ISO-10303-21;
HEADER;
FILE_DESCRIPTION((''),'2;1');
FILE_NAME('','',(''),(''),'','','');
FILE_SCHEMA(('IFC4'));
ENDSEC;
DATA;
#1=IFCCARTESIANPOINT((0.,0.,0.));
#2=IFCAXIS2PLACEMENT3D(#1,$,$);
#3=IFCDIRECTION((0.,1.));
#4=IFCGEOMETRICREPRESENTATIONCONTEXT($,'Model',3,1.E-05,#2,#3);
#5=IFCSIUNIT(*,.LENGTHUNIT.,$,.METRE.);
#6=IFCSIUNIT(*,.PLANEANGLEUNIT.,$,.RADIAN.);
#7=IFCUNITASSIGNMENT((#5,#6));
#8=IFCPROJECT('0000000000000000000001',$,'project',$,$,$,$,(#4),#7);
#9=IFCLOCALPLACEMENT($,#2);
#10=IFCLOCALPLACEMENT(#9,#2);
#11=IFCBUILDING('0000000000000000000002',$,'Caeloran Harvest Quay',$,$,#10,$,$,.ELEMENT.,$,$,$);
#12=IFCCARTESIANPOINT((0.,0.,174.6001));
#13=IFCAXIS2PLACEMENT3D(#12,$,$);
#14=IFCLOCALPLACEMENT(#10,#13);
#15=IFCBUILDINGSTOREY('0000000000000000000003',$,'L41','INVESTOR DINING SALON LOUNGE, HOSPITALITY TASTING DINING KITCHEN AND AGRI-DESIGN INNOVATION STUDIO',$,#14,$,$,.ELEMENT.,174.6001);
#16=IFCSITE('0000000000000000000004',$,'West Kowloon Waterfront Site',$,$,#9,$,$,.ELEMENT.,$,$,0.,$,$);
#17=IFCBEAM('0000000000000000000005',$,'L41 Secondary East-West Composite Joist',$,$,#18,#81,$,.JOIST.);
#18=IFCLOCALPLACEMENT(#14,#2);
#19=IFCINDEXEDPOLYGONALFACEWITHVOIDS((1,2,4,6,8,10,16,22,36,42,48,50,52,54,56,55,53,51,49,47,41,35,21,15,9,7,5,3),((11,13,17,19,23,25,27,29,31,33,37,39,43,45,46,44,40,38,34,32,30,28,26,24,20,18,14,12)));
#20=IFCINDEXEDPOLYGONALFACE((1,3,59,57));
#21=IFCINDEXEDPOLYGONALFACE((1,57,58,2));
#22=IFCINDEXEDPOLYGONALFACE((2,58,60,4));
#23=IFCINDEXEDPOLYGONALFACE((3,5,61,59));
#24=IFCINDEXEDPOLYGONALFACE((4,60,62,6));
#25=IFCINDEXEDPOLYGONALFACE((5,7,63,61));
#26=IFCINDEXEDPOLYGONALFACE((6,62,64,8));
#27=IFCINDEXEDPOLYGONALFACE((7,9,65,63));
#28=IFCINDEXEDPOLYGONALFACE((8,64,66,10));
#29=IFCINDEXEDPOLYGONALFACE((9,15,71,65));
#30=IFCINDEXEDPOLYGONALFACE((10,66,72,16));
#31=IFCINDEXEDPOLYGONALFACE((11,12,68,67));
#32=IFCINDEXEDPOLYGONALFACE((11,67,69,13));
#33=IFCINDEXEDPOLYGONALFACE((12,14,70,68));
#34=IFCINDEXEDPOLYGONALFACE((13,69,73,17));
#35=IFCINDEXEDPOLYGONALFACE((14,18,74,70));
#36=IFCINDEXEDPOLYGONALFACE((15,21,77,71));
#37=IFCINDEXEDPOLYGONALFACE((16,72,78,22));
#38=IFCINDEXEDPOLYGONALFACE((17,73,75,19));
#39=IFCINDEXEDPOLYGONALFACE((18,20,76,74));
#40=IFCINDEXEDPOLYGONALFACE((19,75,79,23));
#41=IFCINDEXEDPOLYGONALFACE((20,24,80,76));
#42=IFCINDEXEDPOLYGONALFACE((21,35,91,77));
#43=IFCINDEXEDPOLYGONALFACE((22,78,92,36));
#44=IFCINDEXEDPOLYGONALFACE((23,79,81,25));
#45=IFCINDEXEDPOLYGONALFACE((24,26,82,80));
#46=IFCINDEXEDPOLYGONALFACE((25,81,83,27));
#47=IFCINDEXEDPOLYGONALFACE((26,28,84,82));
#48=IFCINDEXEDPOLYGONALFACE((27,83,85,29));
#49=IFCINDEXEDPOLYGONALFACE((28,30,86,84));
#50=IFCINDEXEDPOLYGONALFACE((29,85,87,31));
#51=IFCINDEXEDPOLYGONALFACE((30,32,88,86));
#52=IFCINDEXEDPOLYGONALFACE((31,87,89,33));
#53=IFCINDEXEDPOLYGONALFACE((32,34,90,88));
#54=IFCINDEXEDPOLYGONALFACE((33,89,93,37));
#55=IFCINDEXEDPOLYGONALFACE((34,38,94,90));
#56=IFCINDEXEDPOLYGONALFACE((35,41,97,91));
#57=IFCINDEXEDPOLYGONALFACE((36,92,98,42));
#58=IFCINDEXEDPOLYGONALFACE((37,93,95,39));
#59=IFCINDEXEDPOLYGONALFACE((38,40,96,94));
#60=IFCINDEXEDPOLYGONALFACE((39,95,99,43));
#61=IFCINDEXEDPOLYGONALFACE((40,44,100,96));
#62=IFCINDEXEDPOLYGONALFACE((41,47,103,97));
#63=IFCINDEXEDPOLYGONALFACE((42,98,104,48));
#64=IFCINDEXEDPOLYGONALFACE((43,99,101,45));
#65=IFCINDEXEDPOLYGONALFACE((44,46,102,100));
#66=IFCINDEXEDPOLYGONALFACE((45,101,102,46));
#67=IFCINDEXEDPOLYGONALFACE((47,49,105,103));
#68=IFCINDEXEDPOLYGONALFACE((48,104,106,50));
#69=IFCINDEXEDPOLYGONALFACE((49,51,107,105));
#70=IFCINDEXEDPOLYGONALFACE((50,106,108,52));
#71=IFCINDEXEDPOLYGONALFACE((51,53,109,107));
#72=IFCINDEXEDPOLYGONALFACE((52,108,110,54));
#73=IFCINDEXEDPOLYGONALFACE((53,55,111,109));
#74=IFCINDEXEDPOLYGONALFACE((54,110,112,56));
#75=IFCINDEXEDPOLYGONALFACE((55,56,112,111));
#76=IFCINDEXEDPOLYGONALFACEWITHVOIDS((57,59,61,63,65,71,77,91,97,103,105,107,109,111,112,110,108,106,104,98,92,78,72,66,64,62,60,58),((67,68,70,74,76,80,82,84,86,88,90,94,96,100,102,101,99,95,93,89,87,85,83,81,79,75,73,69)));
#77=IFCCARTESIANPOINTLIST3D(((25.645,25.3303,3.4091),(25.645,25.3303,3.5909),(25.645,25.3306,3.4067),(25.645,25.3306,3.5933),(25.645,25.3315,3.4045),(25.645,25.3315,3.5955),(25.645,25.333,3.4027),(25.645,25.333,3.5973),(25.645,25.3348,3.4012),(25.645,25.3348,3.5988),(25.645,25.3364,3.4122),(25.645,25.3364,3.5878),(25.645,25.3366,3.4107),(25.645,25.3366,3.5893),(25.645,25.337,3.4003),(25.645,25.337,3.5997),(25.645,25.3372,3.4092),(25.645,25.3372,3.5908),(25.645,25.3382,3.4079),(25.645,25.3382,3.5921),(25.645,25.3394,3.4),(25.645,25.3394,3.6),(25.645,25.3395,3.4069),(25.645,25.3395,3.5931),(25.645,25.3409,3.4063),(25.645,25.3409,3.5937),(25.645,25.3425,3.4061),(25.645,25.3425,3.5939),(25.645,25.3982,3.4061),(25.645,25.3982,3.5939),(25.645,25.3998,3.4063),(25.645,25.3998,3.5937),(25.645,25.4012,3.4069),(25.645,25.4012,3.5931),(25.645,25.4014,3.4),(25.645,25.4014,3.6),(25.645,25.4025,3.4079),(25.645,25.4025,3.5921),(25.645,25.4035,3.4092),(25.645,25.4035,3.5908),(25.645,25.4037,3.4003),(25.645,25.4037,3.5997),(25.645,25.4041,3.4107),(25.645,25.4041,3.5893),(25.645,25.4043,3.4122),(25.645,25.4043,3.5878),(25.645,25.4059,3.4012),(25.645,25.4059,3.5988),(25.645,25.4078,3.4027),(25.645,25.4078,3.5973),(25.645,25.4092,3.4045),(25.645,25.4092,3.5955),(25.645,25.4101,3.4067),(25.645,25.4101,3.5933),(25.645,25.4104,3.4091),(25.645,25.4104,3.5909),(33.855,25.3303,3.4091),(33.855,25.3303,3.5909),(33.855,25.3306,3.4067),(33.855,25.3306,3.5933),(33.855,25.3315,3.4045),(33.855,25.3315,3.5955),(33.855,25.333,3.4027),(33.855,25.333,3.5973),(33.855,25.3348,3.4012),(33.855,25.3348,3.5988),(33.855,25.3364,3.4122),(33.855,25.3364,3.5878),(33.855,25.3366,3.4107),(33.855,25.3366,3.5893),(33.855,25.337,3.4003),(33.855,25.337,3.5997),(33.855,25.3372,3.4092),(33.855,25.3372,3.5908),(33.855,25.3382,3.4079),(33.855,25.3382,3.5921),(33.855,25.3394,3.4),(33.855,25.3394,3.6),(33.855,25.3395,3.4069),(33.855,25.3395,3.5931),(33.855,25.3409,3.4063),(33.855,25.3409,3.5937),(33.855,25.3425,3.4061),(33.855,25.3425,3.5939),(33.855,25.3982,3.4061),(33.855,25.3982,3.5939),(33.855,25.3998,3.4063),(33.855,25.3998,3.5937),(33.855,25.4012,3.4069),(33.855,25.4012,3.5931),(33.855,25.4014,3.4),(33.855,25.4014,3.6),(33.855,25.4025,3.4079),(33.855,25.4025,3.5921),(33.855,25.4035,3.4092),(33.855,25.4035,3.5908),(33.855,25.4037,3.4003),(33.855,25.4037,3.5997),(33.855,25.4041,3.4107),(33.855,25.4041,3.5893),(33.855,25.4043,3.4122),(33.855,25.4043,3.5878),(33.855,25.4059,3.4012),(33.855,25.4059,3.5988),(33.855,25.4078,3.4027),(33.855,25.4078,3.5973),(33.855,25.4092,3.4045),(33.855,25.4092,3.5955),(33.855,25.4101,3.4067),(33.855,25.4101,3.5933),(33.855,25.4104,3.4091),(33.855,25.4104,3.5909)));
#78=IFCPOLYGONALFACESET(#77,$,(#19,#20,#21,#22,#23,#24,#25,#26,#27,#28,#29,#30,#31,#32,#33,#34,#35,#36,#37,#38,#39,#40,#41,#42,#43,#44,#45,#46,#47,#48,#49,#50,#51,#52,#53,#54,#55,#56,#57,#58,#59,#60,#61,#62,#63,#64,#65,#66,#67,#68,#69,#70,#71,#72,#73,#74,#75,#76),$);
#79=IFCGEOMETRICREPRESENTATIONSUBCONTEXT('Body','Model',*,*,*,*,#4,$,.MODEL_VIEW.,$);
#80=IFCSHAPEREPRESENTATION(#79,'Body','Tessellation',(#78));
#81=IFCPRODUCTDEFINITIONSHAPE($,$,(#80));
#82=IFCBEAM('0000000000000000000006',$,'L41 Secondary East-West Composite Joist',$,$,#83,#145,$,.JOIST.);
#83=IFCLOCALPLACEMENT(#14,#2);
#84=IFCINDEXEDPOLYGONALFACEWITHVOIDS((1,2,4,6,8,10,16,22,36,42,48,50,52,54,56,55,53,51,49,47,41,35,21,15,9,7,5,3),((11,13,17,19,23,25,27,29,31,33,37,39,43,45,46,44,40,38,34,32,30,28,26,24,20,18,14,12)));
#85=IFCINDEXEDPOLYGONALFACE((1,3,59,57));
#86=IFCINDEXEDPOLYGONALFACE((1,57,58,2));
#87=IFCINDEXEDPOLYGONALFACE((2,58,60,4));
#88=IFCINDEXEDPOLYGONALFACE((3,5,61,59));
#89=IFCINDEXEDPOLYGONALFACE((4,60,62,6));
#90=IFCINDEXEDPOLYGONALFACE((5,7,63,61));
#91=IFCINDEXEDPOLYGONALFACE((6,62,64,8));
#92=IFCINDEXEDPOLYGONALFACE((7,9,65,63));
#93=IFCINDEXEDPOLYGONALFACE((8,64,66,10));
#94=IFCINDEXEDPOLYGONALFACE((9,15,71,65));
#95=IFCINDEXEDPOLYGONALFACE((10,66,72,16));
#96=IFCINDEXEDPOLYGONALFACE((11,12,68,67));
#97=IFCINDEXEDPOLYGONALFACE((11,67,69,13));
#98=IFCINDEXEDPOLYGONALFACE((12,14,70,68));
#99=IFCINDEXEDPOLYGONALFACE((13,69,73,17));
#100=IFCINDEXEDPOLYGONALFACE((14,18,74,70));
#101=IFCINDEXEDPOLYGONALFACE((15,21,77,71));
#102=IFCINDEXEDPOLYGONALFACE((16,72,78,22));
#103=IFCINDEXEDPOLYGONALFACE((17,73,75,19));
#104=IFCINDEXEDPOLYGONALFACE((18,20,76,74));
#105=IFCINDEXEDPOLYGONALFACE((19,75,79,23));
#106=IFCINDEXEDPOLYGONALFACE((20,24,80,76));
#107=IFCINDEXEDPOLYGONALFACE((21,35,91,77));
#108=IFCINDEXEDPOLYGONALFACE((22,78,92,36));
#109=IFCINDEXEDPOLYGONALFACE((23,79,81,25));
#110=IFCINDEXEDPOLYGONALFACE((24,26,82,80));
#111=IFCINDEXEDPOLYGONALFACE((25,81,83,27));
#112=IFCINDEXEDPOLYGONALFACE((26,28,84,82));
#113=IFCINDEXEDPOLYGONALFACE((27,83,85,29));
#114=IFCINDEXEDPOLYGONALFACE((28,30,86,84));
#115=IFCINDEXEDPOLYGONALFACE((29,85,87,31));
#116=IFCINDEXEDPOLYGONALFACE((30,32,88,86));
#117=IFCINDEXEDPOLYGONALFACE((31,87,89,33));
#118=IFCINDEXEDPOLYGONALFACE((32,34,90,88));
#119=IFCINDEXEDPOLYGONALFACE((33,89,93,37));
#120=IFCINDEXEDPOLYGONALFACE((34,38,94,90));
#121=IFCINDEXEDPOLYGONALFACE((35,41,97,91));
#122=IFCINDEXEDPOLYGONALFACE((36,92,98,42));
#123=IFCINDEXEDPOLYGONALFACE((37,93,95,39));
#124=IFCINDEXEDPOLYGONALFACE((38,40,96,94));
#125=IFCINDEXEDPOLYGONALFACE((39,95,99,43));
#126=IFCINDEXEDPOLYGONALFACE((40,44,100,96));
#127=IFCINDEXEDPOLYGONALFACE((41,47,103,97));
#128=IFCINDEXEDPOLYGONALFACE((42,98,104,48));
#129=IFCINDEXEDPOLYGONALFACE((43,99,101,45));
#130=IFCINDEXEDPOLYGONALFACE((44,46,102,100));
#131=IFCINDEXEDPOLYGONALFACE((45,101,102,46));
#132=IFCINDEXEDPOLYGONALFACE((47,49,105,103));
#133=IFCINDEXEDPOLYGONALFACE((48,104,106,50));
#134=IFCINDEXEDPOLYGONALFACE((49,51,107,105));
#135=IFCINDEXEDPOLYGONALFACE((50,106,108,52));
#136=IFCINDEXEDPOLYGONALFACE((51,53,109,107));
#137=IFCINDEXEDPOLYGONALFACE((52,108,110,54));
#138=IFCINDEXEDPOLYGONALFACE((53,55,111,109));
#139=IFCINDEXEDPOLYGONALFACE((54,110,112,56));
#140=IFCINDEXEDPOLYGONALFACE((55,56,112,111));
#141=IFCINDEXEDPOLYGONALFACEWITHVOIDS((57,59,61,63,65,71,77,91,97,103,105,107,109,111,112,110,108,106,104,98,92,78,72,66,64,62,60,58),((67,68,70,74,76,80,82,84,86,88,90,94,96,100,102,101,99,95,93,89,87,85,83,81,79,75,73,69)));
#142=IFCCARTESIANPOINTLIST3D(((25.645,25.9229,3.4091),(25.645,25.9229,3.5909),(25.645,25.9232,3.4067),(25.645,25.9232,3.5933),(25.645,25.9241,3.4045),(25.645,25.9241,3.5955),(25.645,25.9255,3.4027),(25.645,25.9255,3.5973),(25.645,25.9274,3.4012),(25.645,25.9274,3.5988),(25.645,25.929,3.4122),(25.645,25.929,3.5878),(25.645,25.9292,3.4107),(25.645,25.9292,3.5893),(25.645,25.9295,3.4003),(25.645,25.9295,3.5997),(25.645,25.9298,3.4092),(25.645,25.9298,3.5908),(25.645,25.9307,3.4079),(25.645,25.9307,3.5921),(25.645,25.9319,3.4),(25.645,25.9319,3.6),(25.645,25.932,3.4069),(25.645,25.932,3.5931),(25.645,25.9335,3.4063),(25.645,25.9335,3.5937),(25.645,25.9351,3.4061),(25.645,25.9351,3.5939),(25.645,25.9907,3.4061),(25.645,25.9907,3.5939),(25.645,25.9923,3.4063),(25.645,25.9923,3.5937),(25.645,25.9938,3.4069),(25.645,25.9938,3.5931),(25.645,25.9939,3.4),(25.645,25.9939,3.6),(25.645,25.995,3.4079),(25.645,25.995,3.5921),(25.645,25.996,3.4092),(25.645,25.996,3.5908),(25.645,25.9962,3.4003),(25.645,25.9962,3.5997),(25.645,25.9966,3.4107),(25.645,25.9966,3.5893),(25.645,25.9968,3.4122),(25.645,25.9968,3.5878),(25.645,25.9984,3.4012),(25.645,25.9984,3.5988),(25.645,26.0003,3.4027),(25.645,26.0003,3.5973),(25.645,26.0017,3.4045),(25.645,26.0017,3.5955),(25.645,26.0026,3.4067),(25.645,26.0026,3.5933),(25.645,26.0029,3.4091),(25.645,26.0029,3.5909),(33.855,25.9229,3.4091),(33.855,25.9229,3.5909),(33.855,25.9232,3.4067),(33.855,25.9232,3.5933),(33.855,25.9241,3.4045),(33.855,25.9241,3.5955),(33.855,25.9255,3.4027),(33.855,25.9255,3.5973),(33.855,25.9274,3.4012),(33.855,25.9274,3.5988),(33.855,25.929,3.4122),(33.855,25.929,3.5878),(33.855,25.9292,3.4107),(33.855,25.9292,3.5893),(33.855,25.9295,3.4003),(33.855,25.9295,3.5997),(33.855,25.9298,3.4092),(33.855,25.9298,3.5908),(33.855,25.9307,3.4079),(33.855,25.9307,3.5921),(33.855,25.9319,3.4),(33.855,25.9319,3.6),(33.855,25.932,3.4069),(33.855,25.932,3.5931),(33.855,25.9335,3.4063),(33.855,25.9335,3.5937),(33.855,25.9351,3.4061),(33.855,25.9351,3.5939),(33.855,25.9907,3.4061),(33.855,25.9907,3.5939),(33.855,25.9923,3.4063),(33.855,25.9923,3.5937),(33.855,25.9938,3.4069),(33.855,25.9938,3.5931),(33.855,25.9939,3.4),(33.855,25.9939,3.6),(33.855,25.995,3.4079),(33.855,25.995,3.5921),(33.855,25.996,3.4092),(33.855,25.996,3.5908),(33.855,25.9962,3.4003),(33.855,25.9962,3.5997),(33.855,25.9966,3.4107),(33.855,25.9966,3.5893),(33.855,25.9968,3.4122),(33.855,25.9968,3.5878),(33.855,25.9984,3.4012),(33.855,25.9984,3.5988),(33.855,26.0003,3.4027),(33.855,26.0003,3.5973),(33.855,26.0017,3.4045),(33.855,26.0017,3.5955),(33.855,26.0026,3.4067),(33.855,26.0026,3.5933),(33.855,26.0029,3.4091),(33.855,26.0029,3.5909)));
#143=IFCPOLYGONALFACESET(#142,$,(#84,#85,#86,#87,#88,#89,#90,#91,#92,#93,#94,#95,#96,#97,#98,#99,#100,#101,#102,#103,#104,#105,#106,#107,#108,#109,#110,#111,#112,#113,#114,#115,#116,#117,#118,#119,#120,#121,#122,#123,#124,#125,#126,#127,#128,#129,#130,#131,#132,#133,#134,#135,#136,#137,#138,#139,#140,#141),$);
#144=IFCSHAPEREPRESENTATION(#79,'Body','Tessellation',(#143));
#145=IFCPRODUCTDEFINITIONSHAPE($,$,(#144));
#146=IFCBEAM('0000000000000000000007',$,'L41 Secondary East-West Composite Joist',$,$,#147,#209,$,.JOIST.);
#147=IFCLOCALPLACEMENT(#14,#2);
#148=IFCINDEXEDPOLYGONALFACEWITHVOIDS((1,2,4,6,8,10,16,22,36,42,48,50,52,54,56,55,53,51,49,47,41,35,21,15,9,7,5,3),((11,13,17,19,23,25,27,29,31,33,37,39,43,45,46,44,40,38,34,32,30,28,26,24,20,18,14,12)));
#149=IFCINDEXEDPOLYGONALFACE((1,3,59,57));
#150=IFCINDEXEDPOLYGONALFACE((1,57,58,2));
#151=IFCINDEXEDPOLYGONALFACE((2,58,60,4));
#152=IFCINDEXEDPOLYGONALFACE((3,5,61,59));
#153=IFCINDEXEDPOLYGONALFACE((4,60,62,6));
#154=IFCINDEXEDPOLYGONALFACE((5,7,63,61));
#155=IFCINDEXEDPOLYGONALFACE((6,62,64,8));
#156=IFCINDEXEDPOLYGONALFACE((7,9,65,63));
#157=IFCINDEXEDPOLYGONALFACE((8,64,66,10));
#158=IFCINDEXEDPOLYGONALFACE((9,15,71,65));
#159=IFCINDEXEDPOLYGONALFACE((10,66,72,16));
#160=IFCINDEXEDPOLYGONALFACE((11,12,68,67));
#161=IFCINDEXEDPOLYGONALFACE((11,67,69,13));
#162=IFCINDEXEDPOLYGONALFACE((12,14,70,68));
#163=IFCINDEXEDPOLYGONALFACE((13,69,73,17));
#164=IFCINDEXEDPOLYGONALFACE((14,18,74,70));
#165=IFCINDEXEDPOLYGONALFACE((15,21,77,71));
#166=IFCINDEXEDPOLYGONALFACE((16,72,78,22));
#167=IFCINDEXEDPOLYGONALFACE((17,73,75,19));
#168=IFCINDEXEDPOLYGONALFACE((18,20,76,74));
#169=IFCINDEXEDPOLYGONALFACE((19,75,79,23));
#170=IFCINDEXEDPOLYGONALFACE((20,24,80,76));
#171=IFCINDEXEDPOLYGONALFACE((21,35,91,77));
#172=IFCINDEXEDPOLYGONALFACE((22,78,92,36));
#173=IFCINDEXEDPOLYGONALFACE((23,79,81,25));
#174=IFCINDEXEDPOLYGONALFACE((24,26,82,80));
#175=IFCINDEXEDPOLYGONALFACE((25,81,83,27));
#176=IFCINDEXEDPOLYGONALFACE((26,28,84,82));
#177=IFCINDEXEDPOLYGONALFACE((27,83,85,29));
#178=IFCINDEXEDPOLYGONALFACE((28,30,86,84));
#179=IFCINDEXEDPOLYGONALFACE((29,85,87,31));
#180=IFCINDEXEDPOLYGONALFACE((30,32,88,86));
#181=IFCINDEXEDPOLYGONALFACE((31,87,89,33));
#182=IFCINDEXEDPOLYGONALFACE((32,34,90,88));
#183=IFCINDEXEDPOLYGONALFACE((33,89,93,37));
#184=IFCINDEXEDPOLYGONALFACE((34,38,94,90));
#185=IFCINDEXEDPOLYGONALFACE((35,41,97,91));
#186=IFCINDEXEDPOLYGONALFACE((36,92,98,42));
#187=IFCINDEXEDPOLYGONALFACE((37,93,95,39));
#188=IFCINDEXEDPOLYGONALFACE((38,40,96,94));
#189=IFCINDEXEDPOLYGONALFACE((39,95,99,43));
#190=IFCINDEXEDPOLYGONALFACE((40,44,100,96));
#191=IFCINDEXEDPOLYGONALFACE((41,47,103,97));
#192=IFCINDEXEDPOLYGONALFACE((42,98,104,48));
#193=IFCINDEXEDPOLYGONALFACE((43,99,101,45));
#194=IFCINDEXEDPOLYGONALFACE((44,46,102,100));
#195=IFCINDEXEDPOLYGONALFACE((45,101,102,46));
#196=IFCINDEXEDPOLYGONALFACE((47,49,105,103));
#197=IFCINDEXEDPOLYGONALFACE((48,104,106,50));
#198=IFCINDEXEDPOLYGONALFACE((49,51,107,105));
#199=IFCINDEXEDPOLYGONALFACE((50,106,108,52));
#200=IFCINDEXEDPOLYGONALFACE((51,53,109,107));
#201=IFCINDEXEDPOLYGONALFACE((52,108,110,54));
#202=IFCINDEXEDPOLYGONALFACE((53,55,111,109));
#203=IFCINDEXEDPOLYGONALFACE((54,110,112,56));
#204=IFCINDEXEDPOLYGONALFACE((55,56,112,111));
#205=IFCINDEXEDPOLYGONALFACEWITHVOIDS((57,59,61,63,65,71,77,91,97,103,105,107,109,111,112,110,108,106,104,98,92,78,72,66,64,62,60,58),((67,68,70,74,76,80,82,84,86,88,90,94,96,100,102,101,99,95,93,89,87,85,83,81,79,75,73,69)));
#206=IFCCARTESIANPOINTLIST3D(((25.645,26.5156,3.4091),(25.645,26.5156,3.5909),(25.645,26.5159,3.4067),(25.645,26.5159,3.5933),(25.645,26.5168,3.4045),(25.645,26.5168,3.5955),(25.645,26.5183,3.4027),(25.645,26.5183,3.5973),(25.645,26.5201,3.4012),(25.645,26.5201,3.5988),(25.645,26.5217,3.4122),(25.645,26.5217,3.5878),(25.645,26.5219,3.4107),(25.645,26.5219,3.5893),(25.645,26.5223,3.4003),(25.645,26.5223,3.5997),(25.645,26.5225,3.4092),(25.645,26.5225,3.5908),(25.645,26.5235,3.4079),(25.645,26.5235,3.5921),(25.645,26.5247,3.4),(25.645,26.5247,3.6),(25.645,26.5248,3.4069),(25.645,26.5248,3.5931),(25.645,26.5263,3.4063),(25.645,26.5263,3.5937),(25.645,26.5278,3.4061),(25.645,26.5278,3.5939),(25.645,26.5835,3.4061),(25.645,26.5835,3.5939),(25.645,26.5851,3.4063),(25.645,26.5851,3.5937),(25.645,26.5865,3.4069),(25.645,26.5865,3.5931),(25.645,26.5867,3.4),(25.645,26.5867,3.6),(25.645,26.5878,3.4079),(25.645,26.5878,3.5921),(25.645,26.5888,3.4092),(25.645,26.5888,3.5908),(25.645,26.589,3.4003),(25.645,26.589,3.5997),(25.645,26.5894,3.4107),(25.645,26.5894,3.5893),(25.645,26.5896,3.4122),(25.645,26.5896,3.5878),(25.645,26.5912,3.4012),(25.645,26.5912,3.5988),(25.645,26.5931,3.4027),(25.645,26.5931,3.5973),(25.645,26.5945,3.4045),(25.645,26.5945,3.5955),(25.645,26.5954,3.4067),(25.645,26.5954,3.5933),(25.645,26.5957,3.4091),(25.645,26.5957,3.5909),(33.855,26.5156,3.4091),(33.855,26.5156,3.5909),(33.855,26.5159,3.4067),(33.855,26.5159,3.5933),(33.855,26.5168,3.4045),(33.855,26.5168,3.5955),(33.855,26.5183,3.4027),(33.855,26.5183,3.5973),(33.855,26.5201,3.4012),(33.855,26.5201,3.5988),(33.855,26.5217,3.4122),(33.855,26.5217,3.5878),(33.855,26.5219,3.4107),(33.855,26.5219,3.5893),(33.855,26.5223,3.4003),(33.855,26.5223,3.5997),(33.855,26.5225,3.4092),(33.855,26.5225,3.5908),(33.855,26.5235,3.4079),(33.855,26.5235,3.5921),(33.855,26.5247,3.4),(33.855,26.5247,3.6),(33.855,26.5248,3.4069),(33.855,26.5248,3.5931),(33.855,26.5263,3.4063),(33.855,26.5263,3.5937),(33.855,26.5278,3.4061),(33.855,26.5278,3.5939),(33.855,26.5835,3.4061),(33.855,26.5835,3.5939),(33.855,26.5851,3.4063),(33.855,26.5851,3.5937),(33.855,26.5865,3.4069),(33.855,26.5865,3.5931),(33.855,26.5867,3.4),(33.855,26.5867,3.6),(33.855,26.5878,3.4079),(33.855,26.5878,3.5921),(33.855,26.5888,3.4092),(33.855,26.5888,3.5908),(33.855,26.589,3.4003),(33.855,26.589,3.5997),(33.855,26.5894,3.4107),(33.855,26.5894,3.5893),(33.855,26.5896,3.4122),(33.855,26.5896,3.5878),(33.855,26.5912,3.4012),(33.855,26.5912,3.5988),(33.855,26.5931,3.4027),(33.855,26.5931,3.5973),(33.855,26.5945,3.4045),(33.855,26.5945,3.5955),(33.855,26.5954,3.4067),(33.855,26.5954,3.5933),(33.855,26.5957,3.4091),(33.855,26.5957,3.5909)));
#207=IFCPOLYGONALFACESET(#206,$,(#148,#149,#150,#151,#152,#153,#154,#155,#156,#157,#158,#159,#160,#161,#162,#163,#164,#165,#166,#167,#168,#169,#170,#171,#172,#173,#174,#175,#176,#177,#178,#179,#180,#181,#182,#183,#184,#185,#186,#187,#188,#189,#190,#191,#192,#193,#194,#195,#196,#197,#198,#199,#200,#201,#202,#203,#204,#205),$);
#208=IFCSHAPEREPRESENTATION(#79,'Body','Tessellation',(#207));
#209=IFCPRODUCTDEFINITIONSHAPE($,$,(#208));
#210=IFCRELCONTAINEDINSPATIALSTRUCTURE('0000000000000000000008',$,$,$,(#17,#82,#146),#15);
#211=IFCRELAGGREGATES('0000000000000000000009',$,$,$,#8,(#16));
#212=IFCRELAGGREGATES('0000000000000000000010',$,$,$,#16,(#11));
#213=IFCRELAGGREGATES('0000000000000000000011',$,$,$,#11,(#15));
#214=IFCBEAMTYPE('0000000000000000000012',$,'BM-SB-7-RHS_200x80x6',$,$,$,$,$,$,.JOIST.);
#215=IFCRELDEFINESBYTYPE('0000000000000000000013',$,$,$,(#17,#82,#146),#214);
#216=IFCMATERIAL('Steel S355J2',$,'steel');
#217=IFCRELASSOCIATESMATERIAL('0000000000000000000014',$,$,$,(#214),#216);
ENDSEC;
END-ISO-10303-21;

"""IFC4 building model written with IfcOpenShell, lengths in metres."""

from ifc_helpers import new_model, si_unit, direction, frame, origin, origin_2d, place, context, subcontext, project, spatial, hollow_rectangle, extrude, material, material_profile, profile_set, type_object, element, save


model = new_model("IFC4")

# Units and contexts
model_context = context("Model", 3, precision=1e-05, world=origin(), true_north=direction((0.0, 1.0)))
body_context = subcontext(model_context, "Body", "Model", "MODEL_VIEW")
ifc_project = project(units=[si_unit("LENGTHUNIT", "METRE"), si_unit("PLANEANGLEUNIT", "RADIAN")], contexts=[model_context])

# Site, building, storey
site_placement = place(None, origin())
site = spatial("IfcSite", under=ifc_project, at=site_placement, Name="West Kowloon Waterfront Site", CompositionType="ELEMENT", RefElevation=0.0)
building_placement = place(site_placement, origin())
building = spatial("IfcBuilding", under=site, at=building_placement, Name="Caeloran Harvest Quay", CompositionType="ELEMENT")
storey_placement = place(building_placement, frame((0.0, 0.0, 174.6001)))
storey = spatial("IfcBuildingStorey", under=building, at=storey_placement, Name="L41", Description="INVESTOR DINING SALON LOUNGE, HOSPITALITY TASTING DINING KITCHEN AND AGRI-DESIGN INNOVATION STUDIO", CompositionType="ELEMENT", Elevation=174.6001)

# Beams
ifc_material_1 = material(Name="Steel S355J2", Category="steel")
ifc_material_profile_1 = material_profile(ifc_material_1, hollow_rectangle(XDim=0.0801, YDim=0.2, WallThickness=0.0061, InnerFilletRadius=0.0061, OuterFilletRadius=0.009, at=origin_2d()), Name="RHS 200x80x6")
ifc_profile_set_1 = profile_set([ifc_material_profile_1], Name="Steel S355J2")
beam_type_1 = type_object("IfcBeamType", Name="BM-SB-7-RHS_200x80x6", PredefinedType="JOIST", material=ifc_profile_set_1)
for number, where, z_axis, x_axis, name in (
    (1, (25.645, 25.3704, 3.5), (1.0, 0.0, 0.0), (0.0, 1.0, 0.0), "L41 Secondary East-West Composite Joist"),
    (2, (25.645, 25.9629, 3.5), (1.0, 0.0, 0.0), (0.0, 1.0, 0.0), "L41 Secondary East-West Composite Joist"),
    (3, (25.645, 26.5557, 3.5), (1.0, 0.0, 0.0), (0.0, 1.0, 0.0), "L41 Secondary East-West Composite Joist"),
):
    element("IfcBeam", number, at=place(storey_placement, frame(where, z_axis=z_axis, x_axis=x_axis)), inside=storey, type_object=beam_type_1, Name=name, PredefinedType="JOIST", context=body_context, shape_type="SweptSolid", body=[
        extrude(hollow_rectangle(XDim=0.0801, YDim=0.2, WallThickness=0.0061, InnerFilletRadius=0.0061, OuterFilletRadius=0.009, at=origin_2d()), origin(), (0.0, 0.0, 1.0), 8.21),
    ])

save(model, "model.ifc")
